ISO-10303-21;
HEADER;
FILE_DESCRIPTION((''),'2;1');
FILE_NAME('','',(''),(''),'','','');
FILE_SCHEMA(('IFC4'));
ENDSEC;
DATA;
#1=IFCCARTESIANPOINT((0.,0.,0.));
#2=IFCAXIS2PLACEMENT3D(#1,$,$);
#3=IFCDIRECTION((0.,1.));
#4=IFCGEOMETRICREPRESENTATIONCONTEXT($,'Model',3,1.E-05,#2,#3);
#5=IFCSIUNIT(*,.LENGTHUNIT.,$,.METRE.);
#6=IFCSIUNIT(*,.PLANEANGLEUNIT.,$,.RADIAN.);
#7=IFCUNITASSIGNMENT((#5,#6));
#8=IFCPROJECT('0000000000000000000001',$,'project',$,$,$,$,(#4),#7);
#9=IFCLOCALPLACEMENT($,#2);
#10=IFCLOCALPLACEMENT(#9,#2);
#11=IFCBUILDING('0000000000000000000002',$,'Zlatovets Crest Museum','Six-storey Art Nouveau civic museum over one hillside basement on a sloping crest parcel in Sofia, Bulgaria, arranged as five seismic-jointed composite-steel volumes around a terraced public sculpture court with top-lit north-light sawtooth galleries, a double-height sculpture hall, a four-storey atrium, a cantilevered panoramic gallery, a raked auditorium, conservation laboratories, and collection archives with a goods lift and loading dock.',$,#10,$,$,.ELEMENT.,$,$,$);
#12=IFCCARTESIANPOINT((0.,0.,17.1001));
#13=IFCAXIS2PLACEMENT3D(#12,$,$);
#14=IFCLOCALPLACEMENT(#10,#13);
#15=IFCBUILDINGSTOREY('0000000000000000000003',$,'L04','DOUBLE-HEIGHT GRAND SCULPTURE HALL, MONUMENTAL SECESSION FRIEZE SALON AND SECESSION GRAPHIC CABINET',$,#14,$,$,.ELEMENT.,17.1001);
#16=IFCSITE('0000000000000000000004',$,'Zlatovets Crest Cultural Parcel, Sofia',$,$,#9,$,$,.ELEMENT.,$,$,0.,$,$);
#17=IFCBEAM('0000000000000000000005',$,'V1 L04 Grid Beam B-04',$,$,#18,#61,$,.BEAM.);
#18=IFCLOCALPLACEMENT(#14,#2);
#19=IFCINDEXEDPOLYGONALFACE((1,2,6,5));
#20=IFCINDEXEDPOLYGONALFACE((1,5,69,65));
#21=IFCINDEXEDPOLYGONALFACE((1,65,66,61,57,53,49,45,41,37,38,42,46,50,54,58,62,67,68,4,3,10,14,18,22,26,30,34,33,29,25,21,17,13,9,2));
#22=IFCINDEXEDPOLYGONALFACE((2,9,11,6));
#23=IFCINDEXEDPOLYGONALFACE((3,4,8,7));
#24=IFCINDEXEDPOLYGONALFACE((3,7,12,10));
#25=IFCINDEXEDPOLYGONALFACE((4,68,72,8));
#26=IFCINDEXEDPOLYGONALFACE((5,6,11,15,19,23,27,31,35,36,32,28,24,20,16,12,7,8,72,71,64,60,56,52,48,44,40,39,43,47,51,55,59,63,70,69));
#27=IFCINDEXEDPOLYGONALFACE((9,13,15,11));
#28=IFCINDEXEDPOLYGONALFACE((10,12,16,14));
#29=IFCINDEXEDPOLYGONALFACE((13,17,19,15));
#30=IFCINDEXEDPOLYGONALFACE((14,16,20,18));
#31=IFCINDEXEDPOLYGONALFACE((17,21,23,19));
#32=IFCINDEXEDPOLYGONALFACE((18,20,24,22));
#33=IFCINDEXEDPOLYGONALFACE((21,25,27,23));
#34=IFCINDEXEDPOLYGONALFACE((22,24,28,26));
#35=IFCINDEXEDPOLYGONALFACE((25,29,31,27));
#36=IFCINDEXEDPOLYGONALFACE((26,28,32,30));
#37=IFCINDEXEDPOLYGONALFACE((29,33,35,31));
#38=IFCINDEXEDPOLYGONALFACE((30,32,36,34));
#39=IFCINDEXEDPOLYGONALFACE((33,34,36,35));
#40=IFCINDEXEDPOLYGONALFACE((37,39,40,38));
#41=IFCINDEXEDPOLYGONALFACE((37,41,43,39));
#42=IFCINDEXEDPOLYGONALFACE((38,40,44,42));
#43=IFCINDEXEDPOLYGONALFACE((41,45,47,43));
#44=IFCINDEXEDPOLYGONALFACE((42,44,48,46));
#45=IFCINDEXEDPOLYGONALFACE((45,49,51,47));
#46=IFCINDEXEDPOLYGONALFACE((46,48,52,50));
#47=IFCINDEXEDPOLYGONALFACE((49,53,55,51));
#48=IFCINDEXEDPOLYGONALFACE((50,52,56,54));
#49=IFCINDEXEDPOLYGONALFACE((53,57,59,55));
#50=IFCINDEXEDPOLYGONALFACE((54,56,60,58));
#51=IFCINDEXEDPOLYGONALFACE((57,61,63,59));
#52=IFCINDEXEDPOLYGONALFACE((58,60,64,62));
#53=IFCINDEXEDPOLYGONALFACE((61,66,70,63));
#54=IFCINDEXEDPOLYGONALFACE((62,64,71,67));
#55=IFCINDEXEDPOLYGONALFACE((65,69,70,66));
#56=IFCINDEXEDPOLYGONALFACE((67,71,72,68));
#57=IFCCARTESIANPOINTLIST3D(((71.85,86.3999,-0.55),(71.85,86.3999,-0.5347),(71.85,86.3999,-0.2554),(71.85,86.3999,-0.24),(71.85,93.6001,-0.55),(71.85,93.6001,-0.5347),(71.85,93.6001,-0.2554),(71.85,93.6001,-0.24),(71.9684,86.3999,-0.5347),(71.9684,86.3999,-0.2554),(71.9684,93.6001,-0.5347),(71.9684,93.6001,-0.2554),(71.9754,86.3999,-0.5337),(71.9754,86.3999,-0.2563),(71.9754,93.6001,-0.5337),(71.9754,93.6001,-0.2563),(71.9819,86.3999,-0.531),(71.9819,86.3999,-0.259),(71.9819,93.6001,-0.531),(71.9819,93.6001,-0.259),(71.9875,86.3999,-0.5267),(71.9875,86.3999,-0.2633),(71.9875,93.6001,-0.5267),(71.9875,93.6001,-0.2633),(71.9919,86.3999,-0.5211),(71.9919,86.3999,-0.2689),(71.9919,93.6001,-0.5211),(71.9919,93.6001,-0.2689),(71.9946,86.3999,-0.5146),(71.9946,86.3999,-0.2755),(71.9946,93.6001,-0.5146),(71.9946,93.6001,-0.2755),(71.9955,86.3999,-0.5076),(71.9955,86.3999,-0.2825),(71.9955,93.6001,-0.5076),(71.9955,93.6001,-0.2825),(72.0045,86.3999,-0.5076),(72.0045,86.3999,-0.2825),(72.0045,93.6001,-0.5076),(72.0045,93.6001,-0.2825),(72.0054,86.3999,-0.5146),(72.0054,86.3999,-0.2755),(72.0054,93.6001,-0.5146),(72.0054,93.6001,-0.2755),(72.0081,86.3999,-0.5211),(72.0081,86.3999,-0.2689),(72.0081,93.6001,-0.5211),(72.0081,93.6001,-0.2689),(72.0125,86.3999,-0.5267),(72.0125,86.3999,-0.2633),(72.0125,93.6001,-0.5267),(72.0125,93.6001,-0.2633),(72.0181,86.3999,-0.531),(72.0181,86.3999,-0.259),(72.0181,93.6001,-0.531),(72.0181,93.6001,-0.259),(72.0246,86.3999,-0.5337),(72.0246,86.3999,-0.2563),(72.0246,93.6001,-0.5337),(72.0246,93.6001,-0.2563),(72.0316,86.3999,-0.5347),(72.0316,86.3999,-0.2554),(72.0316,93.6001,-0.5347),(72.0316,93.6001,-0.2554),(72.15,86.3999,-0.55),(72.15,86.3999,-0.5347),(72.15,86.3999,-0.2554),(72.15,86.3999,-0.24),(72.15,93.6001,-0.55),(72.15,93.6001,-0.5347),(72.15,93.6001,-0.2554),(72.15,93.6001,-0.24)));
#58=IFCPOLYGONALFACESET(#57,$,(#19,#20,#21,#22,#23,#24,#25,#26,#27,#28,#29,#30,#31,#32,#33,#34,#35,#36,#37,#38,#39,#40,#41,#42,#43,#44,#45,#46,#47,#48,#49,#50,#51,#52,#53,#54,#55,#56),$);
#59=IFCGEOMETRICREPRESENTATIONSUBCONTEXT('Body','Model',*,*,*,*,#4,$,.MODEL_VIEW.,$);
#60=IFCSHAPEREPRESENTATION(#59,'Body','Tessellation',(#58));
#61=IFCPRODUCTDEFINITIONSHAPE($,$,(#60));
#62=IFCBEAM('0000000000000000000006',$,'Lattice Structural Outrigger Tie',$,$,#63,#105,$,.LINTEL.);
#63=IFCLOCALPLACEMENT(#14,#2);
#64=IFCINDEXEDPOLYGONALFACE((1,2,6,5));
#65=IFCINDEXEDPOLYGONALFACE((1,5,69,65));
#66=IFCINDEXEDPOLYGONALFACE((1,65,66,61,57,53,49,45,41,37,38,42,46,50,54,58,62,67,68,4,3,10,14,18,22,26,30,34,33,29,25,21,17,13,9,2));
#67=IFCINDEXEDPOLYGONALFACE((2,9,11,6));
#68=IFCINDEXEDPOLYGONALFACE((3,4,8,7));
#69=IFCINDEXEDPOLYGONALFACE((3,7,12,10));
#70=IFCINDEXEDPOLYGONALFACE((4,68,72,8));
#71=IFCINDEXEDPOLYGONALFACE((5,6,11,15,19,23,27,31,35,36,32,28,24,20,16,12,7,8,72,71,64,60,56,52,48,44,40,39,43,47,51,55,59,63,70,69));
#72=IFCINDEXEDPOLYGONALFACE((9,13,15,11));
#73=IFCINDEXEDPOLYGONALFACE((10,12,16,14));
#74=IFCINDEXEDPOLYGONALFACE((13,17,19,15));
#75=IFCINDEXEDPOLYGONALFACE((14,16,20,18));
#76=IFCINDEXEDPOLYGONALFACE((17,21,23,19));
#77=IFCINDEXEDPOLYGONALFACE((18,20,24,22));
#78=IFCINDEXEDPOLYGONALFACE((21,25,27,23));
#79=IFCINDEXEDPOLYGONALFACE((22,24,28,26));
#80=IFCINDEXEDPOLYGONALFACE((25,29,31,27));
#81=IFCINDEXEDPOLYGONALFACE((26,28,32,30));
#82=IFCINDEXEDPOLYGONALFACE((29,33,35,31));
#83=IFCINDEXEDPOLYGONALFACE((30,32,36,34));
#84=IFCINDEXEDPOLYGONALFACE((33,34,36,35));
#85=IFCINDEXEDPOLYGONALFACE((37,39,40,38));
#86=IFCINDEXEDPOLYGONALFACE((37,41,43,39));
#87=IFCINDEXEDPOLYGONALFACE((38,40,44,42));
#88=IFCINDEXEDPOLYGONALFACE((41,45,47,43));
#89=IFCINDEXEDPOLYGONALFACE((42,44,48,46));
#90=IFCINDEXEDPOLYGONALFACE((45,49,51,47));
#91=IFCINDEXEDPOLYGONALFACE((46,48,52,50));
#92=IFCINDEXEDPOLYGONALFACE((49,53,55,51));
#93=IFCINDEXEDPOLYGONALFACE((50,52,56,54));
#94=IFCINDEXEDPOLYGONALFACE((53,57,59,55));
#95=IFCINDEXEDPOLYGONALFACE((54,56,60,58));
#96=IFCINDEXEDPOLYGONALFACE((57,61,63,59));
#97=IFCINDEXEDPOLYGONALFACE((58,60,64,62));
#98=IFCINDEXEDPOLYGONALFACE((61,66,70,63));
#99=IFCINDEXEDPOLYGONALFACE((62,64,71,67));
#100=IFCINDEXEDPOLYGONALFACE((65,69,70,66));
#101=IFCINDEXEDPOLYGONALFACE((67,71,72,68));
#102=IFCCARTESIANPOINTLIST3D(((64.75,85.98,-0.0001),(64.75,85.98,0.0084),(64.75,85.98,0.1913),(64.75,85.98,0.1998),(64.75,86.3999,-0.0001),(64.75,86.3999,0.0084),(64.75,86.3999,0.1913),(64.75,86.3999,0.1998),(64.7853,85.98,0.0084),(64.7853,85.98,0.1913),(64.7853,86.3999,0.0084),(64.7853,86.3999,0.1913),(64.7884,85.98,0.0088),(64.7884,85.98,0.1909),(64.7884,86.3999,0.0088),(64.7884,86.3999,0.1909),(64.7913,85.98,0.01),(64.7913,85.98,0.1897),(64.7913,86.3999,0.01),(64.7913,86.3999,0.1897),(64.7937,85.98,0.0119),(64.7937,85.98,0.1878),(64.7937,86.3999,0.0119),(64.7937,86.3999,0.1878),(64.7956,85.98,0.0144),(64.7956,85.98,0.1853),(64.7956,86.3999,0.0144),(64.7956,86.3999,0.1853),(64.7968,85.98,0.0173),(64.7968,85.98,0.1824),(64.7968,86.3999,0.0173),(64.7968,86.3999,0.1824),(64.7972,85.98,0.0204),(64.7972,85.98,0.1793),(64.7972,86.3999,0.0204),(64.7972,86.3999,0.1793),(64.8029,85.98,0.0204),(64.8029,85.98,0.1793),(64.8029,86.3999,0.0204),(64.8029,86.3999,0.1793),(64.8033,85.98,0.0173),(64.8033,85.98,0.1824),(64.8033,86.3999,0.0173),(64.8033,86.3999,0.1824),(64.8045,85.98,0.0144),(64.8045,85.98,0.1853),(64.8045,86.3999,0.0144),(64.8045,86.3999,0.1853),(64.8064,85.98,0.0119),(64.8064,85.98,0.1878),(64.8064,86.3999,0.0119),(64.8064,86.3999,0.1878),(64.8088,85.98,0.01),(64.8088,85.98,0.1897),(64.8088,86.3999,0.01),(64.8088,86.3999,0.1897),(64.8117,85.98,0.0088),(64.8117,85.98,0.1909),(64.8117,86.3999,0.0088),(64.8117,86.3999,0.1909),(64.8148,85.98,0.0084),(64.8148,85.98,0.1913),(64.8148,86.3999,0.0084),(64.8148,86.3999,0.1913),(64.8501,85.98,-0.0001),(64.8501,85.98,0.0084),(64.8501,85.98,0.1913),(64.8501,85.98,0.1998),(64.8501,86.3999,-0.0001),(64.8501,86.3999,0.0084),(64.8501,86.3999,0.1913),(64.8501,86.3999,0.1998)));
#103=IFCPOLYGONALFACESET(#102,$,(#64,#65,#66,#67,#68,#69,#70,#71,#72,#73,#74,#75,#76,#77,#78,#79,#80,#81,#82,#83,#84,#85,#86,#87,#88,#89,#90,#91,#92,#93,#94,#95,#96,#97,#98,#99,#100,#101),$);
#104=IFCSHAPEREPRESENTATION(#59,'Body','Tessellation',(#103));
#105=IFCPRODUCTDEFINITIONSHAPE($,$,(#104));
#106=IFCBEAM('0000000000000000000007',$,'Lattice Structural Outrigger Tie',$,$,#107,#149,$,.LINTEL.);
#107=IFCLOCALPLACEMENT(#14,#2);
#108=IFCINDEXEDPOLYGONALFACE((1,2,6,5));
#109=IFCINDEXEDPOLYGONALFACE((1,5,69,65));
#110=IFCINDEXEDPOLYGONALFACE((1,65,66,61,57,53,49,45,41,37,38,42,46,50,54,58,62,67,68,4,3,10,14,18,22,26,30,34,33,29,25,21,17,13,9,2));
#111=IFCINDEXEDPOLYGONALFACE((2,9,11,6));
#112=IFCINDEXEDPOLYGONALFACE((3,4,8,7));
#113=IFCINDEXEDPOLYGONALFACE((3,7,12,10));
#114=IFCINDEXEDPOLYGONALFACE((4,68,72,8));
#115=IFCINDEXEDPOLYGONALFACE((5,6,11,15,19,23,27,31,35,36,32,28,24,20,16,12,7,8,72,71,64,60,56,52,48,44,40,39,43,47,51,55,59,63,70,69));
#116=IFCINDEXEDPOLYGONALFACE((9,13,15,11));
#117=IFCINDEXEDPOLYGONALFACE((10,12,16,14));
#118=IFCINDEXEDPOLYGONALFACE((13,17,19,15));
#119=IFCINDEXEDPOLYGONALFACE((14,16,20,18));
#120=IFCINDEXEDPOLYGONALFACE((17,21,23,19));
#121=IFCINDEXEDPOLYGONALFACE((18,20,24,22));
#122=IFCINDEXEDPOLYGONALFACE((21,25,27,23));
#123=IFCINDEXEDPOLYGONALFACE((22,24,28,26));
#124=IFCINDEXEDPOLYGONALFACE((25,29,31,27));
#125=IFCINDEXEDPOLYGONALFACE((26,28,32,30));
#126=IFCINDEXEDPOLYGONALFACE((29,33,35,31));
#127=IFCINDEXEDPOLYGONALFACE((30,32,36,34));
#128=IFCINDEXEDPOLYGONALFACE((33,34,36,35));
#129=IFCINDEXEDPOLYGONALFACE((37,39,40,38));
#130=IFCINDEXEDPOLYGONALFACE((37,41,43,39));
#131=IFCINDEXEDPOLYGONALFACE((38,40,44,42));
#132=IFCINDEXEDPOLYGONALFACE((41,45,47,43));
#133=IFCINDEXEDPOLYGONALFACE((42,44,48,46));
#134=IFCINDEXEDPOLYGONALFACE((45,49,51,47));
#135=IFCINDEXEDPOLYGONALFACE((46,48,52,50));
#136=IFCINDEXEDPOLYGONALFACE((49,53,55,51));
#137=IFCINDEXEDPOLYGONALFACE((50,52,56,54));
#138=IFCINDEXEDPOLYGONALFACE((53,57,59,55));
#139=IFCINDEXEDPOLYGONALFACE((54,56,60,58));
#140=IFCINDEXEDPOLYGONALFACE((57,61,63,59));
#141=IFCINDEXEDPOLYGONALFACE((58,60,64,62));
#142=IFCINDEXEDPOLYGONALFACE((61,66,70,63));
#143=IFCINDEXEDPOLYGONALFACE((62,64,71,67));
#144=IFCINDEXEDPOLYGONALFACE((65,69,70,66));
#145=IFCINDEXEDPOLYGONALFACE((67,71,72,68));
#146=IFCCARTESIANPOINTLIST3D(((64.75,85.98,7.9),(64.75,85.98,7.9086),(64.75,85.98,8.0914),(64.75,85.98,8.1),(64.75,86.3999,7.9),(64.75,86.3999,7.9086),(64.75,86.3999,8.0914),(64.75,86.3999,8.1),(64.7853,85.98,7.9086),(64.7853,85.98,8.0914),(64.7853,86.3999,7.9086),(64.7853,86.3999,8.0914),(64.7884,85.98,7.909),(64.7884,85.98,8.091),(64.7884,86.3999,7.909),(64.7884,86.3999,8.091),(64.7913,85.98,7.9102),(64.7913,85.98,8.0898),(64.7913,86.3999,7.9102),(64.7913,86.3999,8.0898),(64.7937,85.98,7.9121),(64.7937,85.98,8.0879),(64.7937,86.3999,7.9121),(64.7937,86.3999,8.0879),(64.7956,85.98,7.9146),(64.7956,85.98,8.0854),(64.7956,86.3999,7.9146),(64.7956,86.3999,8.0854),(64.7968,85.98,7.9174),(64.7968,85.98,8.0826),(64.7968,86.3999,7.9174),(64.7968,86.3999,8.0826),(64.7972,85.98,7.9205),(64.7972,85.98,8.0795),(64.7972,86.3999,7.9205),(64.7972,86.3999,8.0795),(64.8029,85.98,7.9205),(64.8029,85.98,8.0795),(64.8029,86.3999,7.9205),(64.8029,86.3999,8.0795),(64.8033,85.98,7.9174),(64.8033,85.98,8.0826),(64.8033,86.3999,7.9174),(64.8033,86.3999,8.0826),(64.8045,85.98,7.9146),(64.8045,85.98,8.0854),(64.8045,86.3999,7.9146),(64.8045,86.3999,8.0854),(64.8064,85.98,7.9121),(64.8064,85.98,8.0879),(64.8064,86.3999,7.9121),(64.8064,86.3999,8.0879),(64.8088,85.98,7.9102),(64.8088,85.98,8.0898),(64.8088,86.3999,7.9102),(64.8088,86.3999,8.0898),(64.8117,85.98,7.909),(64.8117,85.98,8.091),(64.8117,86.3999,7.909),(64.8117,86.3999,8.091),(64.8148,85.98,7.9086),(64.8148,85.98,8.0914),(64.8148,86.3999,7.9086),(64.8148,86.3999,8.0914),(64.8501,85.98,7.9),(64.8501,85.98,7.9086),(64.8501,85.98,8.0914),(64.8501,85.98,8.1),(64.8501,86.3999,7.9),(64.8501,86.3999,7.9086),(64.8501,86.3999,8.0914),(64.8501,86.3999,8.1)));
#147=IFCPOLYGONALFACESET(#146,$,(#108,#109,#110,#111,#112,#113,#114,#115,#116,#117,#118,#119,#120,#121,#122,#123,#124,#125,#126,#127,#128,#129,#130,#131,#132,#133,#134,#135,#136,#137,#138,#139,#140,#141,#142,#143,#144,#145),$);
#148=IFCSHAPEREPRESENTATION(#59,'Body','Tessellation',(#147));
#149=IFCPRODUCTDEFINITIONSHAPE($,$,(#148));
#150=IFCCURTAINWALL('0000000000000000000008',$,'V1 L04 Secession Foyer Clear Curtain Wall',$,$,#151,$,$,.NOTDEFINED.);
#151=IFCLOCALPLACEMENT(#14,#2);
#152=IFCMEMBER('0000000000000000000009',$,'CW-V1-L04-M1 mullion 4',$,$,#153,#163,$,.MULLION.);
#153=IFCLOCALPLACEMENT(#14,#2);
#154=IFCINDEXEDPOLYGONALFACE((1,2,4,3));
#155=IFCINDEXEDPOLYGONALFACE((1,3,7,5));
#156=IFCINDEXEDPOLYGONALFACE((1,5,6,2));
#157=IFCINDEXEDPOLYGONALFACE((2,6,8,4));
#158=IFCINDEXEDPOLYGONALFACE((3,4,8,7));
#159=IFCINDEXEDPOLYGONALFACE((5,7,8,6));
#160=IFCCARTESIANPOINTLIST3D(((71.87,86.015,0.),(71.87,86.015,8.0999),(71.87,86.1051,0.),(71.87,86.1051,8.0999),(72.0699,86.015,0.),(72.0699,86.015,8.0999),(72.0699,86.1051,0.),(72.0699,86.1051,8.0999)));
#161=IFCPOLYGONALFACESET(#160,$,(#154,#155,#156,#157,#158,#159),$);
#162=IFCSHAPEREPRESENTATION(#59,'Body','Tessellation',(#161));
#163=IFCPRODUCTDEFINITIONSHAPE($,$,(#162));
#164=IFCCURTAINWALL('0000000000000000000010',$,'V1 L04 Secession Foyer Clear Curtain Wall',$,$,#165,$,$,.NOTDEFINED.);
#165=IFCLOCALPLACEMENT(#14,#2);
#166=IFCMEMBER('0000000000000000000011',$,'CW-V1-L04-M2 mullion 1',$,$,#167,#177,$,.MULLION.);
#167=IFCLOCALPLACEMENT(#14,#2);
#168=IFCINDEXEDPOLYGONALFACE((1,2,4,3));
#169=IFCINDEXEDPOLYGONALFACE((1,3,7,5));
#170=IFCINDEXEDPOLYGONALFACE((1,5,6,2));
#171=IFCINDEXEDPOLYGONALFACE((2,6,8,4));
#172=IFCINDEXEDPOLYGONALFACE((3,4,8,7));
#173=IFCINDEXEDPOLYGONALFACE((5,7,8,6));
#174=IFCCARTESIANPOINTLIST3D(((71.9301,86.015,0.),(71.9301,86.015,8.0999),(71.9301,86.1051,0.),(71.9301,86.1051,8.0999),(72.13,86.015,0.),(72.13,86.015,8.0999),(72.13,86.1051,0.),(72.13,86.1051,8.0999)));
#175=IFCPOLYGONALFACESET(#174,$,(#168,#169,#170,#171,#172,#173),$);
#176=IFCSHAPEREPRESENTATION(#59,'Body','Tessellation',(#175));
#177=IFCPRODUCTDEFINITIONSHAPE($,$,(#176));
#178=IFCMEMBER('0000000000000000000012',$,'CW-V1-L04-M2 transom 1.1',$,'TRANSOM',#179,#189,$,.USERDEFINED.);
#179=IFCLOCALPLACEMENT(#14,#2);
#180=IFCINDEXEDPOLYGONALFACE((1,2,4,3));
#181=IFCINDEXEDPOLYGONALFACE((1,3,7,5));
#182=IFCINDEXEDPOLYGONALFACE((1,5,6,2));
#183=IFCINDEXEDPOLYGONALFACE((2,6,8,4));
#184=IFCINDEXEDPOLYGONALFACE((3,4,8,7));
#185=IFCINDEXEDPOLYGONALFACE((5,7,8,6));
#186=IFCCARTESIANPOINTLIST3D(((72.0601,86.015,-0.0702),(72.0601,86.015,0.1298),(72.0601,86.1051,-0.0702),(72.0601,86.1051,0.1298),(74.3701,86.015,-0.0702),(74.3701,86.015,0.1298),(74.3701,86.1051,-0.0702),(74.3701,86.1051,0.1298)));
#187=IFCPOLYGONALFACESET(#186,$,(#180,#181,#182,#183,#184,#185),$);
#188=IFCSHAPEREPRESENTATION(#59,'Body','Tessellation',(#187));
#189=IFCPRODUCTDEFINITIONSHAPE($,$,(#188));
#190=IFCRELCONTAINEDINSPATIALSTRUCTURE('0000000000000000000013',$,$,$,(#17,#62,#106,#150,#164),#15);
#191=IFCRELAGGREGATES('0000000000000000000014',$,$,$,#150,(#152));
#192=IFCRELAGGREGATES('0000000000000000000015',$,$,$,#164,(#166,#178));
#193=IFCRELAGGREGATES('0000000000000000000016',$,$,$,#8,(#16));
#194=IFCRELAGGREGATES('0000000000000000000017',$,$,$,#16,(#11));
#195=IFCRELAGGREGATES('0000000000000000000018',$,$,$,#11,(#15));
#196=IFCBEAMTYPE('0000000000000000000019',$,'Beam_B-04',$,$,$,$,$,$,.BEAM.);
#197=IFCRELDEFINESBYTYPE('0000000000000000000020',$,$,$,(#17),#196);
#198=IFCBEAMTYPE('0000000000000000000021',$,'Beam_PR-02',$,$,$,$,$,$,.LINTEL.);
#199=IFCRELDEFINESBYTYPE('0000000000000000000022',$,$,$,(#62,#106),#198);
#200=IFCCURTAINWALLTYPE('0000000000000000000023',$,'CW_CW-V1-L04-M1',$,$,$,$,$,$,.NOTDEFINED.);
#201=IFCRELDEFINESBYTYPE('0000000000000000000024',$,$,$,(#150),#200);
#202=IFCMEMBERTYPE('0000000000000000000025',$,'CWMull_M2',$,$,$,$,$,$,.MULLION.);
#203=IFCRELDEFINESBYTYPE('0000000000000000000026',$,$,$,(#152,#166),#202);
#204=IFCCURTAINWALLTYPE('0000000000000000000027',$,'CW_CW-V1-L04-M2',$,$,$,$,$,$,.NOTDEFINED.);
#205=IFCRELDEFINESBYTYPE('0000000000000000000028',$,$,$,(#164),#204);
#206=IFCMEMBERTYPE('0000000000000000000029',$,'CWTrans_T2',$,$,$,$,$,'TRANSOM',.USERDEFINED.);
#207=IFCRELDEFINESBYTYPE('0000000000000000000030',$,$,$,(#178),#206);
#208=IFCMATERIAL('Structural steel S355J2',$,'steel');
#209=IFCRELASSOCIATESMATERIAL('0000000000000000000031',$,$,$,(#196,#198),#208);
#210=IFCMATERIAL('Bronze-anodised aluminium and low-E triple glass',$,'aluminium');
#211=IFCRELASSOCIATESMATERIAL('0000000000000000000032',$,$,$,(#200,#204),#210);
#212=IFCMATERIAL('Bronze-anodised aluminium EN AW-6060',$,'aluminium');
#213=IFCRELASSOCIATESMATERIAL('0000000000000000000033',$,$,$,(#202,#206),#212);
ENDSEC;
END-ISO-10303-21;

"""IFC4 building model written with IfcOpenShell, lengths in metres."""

from ifc_helpers import new_model, si_unit, direction, frame, origin, origin_2d, place, context, subcontext, project, spatial, rectangle, i_section, extrude, material, material_profile, profile_set, type_object, element, aggregate, save


model = new_model("IFC4")

# Units and contexts
model_context = context("Model", 3, precision=1e-05, world=origin(), true_north=direction((0.0, 1.0)))
body_context = subcontext(model_context, "Body", "Model", "MODEL_VIEW")
ifc_project = project(units=[si_unit("LENGTHUNIT", "METRE"), si_unit("PLANEANGLEUNIT", "RADIAN")], contexts=[model_context])

# Site, building, storey
site_placement = place(None, origin())
site = spatial("IfcSite", under=ifc_project, at=site_placement, Name="Zlatovets Crest Cultural Parcel, Sofia", CompositionType="ELEMENT", RefElevation=0.0)
building_placement = place(site_placement, origin())
building = spatial("IfcBuilding", under=site, at=building_placement, Name="Zlatovets Crest Museum", Description="Six-storey Art Nouveau civic museum over one hillside basement on a sloping crest parcel in Sofia, Bulgaria, arranged as five seismic-jointed composite-steel volumes around a terraced public sculpture court with top-lit north-light sawtooth galleries, a double-height sculpture hall, a four-storey atrium, a cantilevered panoramic gallery, a raked auditorium, conservation laboratories, and collection archives with a goods lift and loading dock.", CompositionType="ELEMENT")
storey_placement = place(building_placement, frame((0.0, 0.0, 17.1001)))
storey = spatial("IfcBuildingStorey", under=building, at=storey_placement, Name="L04", Description="DOUBLE-HEIGHT GRAND SCULPTURE HALL, MONUMENTAL SECESSION FRIEZE SALON AND SECESSION GRAPHIC CABINET", CompositionType="ELEMENT", Elevation=17.1001)

# Shared definitions
ifc_material_1 = material(Name="Structural steel S355J2", Category="steel")

# Beams
ifc_material_profile_1 = material_profile(ifc_material_1, i_section(OverallWidth=0.3, OverallDepth=0.3101, WebThickness=0.009, FlangeThickness=0.0154, FilletRadius=0.0271, at=origin_2d()), Name="HEA 320")
ifc_profile_set_1 = profile_set([ifc_material_profile_1], Name="Structural steel S355J2")
beam_type_1 = type_object("IfcBeamType", Name="Beam_B-04", PredefinedType="BEAM", material=ifc_profile_set_1)
for number, where, z_axis, x_axis, name in (
    (1, (72.0, 86.3999, -0.395), (0.0, 1.0, 0.0), (-1.0, 0.0, 0.0), "V1 L04 Grid Beam B-04"),
):
    element("IfcBeam", number, at=place(storey_placement, frame(where, z_axis=z_axis, x_axis=x_axis)), inside=storey, type_object=beam_type_1, Name=name, PredefinedType="BEAM", context=body_context, shape_type="SweptSolid", body=[
        extrude(i_section(OverallWidth=0.3, OverallDepth=0.3101, WebThickness=0.009, FlangeThickness=0.0154, FilletRadius=0.0271, at=origin_2d()), origin(), (0.0, 0.0, 1.0), 7.2002),
    ])
ifc_material_profile_2 = material_profile(ifc_material_1, i_section(OverallWidth=0.1001, OverallDepth=0.2, WebThickness=0.0056, FlangeThickness=0.0085, FilletRadius=0.012, at=origin_2d()), Name="IPE 200")
ifc_profile_set_2 = profile_set([ifc_material_profile_2], Name="Structural steel S355J2")
beam_type_2 = type_object("IfcBeamType", Name="Beam_PR-02", PredefinedType="LINTEL", material=ifc_profile_set_2)
for number, where, z_axis, x_axis, name in (
    (2, (64.8, 86.3999, 0.0999), (0.0, -1.0, 0.0), (1.0, 0.0, 0.0), "Lattice Structural Outrigger Tie"),
    (3, (64.8, 86.3999, 8.0), (0.0, -1.0, 0.0), (1.0, 0.0, 0.0), "Lattice Structural Outrigger Tie"),
):
    element("IfcBeam", number, at=place(storey_placement, frame(where, z_axis=z_axis, x_axis=x_axis)), inside=storey, type_object=beam_type_2, Name=name, PredefinedType="LINTEL", context=body_context, shape_type="SweptSolid", body=[
        extrude(i_section(OverallWidth=0.1001, OverallDepth=0.2, WebThickness=0.0056, FlangeThickness=0.0085, FilletRadius=0.012, at=origin_2d()), origin(), (0.0, 0.0, 1.0), 0.4199),
    ])

# Curtain wall, member
ifc_material_2 = material(Name="Bronze-anodised aluminium and low-E triple glass", Category="aluminium")
curtain_wall_type_1 = type_object("IfcCurtainWallType", Name="CW_CW-V1-L04-M1", PredefinedType="NOTDEFINED", material=ifc_material_2)
curtain_wall_1_placement = place(storey_placement, origin())
curtain_wall_1 = element("IfcCurtainWall", 4, at=curtain_wall_1_placement, inside=storey, type_object=curtain_wall_type_1, Name="V1 L04 Secession Foyer Clear Curtain Wall", PredefinedType="NOTDEFINED")
ifc_material_3 = material(Name="Bronze-anodised aluminium EN AW-6060", Category="aluminium")
ifc_material_profile_3 = material_profile(ifc_material_3, rectangle(XDim=0.0901, YDim=0.2, at=origin_2d()), Name="ALU 90x200")
ifc_profile_set_3 = profile_set([ifc_material_profile_3], Name="Bronze-anodised aluminium EN AW-6060")
member_type_1 = type_object("IfcMemberType", Name="CWMull_M2", PredefinedType="MULLION", material=ifc_profile_set_3)
member_1_placement = place(storey_placement, frame((71.97, 86.0601, 0.0), z_axis=(0.0, 0.0, 1.0), x_axis=(0.0, 1.0, 0.0)))
member_1 = element("IfcMember", 5, at=member_1_placement, type_object=member_type_1, Name="CW-V1-L04-M1 mullion 4", PredefinedType="MULLION", context=body_context, shape_type="SweptSolid", body=[
    extrude(rectangle(XDim=0.0901, YDim=0.2, at=origin_2d()), origin(), (0.0, 0.0, 1.0), 8.0999),
])

# Curtain wall, members
curtain_wall_type_2 = type_object("IfcCurtainWallType", Name="CW_CW-V1-L04-M2", PredefinedType="NOTDEFINED", material=ifc_material_2)
curtain_wall_2_placement = place(storey_placement, origin())
curtain_wall_2 = element("IfcCurtainWall", 6, at=curtain_wall_2_placement, inside=storey, type_object=curtain_wall_type_2, Name="V1 L04 Secession Foyer Clear Curtain Wall", PredefinedType="NOTDEFINED")
member_2_placement = place(storey_placement, frame((72.03, 86.0601, 0.0), z_axis=(0.0, 0.0, 1.0), x_axis=(0.0, 1.0, 0.0)))
member_2 = element("IfcMember", 7, at=member_2_placement, type_object=member_type_1, Name="CW-V1-L04-M2 mullion 1", PredefinedType="MULLION", context=body_context, shape_type="SweptSolid", body=[
    extrude(rectangle(XDim=0.0901, YDim=0.2, at=origin_2d()), origin(), (0.0, 0.0, 1.0), 8.0999),
])
ifc_material_profile_4 = material_profile(ifc_material_3, rectangle(XDim=0.0901, YDim=0.2, at=origin_2d()), Name="ALU 90x200")
ifc_profile_set_4 = profile_set([ifc_material_profile_4], Name="Bronze-anodised aluminium EN AW-6060")
member_type_2 = type_object("IfcMemberType", Name="CWTrans_T2", ElementType="TRANSOM", PredefinedType="USERDEFINED", material=ifc_profile_set_4)
member_3_placement = place(storey_placement, frame((72.0601, 86.0601, 0.0298), z_axis=(1.0, 0.0, 0.0), x_axis=(0.0, 1.0, 0.0)))
member_3 = element("IfcMember", 8, at=member_3_placement, type_object=member_type_2, Name="CW-V1-L04-M2 transom 1.1", ObjectType="TRANSOM", PredefinedType="USERDEFINED", context=body_context, shape_type="SweptSolid", body=[
    extrude(rectangle(XDim=0.0901, YDim=0.2, at=origin_2d()), origin(), (0.0, 0.0, 1.0), 2.3101),
])

aggregate(curtain_wall_1, [member_1])
aggregate(curtain_wall_2, [member_2, member_3])

save(model, "model.ifc")
